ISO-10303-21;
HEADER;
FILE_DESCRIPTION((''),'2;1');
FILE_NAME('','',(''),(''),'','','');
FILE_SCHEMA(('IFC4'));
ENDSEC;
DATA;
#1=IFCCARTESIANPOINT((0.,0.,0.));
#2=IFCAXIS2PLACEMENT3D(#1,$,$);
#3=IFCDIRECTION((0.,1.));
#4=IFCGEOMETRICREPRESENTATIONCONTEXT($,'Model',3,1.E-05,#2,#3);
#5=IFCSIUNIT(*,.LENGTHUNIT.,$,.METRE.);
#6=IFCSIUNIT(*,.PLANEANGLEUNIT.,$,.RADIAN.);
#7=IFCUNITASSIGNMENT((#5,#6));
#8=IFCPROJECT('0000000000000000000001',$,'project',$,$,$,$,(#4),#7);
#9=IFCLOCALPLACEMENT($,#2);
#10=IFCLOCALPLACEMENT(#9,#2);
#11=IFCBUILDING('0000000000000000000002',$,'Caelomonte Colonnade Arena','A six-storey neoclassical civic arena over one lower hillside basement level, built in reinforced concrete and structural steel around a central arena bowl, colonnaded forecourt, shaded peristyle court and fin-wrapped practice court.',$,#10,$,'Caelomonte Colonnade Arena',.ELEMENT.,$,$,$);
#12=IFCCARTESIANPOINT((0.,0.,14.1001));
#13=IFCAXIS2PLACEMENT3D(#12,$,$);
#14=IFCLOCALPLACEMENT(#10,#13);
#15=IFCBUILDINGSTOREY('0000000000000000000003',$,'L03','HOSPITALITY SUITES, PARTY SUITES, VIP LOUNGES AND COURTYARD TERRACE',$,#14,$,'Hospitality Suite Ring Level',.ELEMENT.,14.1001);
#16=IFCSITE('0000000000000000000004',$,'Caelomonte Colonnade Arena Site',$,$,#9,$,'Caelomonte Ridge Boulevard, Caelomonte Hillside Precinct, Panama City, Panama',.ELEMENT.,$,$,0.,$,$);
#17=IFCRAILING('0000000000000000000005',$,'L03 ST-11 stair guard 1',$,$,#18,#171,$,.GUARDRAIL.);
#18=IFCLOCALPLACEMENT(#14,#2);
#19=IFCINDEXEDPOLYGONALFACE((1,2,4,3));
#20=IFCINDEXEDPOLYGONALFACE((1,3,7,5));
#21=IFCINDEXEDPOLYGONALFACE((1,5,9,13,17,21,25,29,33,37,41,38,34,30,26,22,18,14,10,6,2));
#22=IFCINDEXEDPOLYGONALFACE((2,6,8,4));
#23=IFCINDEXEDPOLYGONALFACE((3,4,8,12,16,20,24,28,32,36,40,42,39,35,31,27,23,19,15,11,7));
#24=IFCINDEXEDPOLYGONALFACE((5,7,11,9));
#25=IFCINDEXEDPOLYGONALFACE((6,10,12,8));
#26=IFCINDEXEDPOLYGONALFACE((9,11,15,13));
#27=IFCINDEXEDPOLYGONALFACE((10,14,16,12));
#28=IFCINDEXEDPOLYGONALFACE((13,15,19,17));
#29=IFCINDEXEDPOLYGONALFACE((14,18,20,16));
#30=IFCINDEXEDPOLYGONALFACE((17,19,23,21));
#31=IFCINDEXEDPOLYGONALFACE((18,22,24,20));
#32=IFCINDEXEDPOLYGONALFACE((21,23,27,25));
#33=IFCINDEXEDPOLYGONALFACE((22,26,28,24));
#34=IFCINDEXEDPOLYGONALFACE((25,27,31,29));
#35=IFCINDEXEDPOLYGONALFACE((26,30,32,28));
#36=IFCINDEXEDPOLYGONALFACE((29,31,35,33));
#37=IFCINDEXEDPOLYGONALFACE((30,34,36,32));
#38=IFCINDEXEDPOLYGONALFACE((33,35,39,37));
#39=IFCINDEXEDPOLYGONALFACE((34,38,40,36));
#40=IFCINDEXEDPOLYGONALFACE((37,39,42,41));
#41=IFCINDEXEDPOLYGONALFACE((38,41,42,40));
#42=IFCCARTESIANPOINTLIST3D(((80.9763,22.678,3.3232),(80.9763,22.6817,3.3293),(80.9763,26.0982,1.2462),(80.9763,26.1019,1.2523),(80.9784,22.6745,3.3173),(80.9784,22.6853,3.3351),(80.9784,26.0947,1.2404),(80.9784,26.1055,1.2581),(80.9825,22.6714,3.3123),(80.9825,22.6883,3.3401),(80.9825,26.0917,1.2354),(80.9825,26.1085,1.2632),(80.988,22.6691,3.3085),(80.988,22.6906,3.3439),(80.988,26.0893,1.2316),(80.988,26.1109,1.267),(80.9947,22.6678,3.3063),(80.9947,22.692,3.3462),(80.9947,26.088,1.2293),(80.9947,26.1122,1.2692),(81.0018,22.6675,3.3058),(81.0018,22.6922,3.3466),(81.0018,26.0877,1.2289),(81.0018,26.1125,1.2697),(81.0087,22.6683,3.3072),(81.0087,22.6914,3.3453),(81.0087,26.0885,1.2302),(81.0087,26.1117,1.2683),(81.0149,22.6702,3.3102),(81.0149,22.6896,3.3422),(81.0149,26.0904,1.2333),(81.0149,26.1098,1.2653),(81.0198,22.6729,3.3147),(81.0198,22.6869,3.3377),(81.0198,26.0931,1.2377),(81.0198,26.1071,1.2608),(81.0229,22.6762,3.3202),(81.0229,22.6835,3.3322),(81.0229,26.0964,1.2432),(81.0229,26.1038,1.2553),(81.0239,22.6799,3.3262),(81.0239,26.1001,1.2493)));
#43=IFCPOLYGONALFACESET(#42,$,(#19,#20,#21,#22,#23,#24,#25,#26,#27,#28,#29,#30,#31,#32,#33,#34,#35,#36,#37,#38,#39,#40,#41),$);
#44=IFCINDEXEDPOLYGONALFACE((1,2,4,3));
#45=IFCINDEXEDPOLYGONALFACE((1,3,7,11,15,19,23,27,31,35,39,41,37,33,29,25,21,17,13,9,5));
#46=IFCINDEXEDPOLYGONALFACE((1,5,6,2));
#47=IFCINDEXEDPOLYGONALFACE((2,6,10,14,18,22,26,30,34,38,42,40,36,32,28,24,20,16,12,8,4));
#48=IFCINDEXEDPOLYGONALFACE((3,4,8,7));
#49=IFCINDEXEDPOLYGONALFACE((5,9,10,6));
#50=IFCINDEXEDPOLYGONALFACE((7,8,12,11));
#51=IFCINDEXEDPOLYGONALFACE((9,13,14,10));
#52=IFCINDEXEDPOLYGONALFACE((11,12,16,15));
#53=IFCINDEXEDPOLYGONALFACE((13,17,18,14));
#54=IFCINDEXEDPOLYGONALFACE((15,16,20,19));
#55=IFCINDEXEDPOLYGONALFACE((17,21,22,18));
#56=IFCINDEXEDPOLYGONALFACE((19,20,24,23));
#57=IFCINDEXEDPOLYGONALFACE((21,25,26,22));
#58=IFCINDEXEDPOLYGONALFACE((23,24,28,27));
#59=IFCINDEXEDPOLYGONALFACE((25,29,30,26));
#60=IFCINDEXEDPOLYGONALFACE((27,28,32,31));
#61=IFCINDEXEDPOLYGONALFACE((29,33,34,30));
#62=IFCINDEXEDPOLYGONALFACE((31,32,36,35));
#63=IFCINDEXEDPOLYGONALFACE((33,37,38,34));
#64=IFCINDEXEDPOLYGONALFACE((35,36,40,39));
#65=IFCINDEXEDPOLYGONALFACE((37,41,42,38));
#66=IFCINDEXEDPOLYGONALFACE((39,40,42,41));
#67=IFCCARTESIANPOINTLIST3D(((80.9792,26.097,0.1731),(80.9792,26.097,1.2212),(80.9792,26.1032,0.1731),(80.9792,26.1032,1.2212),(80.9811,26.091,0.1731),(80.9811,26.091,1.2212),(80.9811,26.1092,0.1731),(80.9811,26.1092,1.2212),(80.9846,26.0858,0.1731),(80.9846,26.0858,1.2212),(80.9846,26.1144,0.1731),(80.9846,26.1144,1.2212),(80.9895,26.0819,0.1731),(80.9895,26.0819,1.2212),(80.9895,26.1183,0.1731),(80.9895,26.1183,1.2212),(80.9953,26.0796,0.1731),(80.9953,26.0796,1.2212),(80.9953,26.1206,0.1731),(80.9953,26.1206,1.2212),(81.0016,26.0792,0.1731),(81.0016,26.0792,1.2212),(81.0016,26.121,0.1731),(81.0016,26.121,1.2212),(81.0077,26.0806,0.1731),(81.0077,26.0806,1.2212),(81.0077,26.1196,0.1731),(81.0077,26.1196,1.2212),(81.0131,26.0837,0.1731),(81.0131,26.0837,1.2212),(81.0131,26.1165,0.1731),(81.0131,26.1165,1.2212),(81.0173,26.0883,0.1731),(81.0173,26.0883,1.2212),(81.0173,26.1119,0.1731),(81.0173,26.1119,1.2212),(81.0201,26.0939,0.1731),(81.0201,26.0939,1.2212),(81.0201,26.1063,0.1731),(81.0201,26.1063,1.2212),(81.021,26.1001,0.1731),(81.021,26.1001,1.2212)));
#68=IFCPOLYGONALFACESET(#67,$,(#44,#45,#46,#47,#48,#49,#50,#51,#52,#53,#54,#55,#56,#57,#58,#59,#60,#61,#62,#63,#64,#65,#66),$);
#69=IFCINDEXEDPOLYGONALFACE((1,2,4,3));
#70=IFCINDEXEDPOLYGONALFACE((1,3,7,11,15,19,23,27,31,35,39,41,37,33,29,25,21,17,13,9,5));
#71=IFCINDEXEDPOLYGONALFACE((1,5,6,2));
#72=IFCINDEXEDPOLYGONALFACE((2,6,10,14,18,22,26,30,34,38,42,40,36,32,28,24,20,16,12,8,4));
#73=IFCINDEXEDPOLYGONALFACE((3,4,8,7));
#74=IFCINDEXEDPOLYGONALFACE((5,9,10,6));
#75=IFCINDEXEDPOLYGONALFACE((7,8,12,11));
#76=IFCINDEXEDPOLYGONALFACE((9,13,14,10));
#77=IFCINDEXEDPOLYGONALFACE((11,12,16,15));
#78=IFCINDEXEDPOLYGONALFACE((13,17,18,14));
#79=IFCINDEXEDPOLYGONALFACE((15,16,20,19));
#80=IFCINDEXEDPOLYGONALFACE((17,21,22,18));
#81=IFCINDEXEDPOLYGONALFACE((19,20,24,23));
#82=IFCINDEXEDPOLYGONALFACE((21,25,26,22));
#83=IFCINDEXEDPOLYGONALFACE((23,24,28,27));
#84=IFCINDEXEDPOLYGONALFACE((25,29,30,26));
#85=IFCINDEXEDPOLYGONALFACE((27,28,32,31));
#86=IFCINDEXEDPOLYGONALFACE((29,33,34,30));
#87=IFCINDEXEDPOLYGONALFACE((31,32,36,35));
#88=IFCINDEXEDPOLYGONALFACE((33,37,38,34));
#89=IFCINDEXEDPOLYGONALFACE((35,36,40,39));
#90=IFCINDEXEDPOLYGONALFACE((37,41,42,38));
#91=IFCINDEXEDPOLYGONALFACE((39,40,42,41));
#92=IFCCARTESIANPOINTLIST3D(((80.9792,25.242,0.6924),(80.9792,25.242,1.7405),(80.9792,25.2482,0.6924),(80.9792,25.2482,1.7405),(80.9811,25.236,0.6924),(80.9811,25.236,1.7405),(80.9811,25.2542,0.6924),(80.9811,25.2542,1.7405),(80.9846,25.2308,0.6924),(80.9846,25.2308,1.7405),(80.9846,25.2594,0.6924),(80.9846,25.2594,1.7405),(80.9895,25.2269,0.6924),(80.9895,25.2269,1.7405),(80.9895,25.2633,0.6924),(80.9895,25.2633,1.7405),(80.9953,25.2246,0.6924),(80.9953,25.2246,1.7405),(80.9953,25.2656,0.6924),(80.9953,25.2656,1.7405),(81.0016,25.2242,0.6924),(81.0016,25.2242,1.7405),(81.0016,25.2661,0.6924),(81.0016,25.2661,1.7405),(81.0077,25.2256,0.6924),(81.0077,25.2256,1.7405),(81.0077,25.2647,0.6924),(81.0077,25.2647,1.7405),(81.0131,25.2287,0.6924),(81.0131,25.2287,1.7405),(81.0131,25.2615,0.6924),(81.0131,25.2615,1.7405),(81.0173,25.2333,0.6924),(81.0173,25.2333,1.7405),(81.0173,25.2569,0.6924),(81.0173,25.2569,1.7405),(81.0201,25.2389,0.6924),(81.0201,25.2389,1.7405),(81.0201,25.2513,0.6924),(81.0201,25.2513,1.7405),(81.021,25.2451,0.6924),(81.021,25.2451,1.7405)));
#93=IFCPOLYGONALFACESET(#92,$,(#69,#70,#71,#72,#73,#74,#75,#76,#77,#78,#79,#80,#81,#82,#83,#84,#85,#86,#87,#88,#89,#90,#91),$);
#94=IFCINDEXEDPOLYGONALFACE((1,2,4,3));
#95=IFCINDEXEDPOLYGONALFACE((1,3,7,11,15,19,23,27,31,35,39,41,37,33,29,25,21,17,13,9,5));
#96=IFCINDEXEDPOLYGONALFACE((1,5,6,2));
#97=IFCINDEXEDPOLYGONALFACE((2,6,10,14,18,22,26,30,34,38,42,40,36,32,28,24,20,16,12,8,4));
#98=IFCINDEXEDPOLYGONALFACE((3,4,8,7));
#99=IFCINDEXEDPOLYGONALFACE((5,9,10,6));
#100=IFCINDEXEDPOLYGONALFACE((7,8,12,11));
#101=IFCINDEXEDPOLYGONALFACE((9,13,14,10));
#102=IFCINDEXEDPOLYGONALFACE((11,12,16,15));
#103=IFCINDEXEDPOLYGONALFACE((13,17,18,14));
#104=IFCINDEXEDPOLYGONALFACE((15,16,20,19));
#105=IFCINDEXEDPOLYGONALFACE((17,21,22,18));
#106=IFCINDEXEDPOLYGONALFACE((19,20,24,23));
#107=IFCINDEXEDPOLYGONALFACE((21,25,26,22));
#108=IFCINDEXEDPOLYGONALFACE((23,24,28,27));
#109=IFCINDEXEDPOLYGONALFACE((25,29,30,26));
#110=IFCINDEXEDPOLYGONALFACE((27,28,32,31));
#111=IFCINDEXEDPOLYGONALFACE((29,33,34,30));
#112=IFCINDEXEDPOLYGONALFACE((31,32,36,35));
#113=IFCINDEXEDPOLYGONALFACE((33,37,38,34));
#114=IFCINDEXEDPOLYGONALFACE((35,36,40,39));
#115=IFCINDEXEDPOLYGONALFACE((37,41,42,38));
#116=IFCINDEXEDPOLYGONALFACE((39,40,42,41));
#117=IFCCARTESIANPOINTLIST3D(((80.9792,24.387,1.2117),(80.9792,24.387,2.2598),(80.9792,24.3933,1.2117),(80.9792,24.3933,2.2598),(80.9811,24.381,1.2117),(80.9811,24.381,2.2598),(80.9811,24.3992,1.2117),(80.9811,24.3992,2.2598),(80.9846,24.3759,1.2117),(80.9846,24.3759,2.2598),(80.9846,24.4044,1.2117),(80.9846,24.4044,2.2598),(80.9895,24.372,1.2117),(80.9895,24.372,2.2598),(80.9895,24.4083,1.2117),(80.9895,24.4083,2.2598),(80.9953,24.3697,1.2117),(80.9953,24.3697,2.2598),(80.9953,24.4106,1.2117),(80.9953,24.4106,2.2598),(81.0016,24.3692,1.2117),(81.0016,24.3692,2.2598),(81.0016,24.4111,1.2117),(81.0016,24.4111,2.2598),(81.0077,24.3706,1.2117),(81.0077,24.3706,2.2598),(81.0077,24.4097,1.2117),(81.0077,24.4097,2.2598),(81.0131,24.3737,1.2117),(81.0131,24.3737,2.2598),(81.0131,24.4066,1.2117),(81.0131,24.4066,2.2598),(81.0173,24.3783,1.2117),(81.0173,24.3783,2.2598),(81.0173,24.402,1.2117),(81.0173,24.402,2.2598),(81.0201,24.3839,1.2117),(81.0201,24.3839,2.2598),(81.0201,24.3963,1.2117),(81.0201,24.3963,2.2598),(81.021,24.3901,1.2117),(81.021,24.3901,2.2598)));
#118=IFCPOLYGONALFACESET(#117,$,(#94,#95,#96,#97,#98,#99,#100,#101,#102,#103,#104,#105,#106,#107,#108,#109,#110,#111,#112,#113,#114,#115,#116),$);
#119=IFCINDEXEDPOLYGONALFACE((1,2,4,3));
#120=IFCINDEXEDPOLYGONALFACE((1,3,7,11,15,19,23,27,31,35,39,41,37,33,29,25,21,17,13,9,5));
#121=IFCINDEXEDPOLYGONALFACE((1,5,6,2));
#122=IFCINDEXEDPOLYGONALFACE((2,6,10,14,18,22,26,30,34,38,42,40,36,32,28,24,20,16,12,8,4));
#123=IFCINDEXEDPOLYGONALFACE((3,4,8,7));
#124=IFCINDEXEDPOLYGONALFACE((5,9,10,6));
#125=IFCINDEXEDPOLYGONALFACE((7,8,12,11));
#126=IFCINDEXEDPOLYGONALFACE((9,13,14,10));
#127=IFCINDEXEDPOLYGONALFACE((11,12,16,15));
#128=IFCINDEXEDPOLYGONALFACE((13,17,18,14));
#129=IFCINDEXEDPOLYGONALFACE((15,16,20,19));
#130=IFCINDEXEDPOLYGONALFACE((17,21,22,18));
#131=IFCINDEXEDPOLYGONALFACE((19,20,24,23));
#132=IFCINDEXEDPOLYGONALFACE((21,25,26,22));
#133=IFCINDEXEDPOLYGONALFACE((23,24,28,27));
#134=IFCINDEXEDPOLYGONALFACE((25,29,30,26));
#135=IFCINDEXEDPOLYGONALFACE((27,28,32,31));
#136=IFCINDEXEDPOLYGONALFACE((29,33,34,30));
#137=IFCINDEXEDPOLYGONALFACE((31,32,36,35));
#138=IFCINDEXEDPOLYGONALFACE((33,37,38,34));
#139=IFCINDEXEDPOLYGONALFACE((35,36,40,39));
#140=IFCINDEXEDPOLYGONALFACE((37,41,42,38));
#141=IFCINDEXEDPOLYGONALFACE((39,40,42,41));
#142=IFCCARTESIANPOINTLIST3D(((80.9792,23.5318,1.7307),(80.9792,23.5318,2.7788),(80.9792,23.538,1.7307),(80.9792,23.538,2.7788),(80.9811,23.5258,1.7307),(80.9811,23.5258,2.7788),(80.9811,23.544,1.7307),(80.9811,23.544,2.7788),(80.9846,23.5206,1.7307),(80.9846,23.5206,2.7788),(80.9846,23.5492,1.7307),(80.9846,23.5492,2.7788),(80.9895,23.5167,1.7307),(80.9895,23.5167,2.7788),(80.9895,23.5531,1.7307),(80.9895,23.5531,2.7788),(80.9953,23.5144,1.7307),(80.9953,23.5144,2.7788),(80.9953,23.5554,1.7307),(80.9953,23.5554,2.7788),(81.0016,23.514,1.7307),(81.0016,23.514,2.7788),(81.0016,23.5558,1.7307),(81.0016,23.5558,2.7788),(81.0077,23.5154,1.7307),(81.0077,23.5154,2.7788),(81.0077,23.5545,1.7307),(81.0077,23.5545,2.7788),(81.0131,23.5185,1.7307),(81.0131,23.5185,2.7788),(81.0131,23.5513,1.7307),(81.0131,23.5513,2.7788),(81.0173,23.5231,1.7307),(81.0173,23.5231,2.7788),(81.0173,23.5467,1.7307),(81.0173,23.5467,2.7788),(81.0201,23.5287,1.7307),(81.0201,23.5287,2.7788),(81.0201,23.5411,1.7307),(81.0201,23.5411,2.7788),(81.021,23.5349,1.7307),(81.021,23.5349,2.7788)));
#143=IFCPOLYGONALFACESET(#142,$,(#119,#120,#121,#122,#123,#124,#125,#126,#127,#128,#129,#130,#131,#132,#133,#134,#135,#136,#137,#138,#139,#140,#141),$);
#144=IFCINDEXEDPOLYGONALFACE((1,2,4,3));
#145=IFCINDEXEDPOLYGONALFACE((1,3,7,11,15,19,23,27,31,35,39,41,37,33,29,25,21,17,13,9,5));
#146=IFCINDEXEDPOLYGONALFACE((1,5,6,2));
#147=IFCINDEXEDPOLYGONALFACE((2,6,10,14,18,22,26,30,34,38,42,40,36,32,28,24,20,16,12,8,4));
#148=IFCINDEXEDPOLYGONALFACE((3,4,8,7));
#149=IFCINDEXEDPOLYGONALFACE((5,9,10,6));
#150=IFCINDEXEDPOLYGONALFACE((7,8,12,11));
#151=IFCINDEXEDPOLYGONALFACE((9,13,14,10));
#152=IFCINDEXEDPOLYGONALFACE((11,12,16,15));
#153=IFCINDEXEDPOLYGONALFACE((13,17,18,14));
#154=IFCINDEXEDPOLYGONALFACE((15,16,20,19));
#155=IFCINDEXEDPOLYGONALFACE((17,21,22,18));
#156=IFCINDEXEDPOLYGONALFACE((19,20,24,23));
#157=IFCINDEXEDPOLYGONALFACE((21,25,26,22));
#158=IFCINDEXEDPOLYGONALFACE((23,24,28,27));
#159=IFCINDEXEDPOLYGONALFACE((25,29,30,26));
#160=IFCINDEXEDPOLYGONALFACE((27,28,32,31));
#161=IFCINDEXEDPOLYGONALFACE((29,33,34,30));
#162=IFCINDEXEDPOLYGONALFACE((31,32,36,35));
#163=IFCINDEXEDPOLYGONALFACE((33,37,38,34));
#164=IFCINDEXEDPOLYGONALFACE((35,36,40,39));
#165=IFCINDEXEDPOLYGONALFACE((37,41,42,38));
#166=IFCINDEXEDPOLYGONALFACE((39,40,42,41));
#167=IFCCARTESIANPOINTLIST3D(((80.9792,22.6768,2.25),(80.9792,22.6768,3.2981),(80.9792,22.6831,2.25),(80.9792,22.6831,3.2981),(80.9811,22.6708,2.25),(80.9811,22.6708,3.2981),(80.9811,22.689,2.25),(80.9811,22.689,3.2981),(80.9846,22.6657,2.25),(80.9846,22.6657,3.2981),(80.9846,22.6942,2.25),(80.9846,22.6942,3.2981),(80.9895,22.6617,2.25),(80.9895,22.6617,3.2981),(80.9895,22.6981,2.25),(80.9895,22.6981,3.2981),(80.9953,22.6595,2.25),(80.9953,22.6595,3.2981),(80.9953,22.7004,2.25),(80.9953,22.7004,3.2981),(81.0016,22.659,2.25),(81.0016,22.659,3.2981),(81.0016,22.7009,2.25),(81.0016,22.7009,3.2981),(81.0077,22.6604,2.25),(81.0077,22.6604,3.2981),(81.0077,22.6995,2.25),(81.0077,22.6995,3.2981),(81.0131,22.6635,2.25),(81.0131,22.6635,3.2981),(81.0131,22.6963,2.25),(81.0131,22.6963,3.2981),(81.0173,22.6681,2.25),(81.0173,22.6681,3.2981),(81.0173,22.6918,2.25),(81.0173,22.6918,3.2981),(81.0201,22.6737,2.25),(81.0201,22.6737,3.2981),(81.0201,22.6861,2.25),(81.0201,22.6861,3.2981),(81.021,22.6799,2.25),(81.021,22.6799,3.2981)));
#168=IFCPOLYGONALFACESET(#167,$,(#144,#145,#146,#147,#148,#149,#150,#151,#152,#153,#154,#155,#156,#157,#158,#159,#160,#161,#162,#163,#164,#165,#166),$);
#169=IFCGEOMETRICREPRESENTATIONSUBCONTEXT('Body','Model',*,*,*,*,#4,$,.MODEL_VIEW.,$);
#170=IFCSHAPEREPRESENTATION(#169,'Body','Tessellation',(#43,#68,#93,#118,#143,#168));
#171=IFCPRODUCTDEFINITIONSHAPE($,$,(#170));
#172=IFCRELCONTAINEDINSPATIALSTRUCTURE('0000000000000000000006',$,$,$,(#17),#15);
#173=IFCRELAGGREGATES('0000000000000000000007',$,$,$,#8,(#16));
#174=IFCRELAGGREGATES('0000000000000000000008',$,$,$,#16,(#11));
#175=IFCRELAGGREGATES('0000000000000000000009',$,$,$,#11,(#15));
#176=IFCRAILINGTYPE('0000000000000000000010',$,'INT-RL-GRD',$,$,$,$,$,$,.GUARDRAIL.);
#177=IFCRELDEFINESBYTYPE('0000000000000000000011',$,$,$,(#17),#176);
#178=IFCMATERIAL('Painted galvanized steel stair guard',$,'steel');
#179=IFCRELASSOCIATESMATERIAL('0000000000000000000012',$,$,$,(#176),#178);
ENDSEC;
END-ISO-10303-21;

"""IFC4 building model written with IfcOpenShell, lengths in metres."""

from ifc_helpers import new_model, si_unit, direction, frame, origin, origin_2d, place, context, subcontext, project, spatial, circle, extrude, material, type_object, element, save


model = new_model("IFC4")

# Units and contexts
model_context = context("Model", 3, precision=1e-05, world=origin(), true_north=direction((0.0, 1.0)))
body_context = subcontext(model_context, "Body", "Model", "MODEL_VIEW")
ifc_project = project(units=[si_unit("LENGTHUNIT", "METRE"), si_unit("PLANEANGLEUNIT", "RADIAN")], contexts=[model_context])

# Site, building, storey
site_placement = place(None, origin())
site = spatial("IfcSite", under=ifc_project, at=site_placement, Name="Caelomonte Colonnade Arena Site", LongName="Caelomonte Ridge Boulevard, Caelomonte Hillside Precinct, Panama City, Panama", CompositionType="ELEMENT", RefElevation=0.0)
building_placement = place(site_placement, origin())
building = spatial("IfcBuilding", under=site, at=building_placement, Name="Caelomonte Colonnade Arena", Description="A six-storey neoclassical civic arena over one lower hillside basement level, built in reinforced concrete and structural steel around a central arena bowl, colonnaded forecourt, shaded peristyle court and fin-wrapped practice court.", LongName="Caelomonte Colonnade Arena", CompositionType="ELEMENT")
storey_placement = place(building_placement, frame((0.0, 0.0, 14.1001)))
storey = spatial("IfcBuildingStorey", under=building, at=storey_placement, Name="L03", Description="HOSPITALITY SUITES, PARTY SUITES, VIP LOUNGES AND COURTYARD TERRACE", LongName="Hospitality Suite Ring Level", CompositionType="ELEMENT", Elevation=14.1001)

# Railing
ifc_material_1 = material(Name="Painted galvanized steel stair guard", Category="steel")
railing_type_1 = type_object("IfcRailingType", Name="INT-RL-GRD", PredefinedType="GUARDRAIL", material=ifc_material_1)
railing_1_placement = place(storey_placement, frame((81.0, 26.1001, 0.1731)))
element("IfcRailing", 1, at=railing_1_placement, inside=storey, type_object=railing_type_1, Name="L03 ST-11 stair guard 1", PredefinedType="GUARDRAIL", context=body_context, shape_type="SweptSolid", body=[
    extrude(circle(Radius=0.0239, at=origin_2d()), frame((0.0, 0.0, 1.0762), z_axis=(0.0, -0.854746, 0.519047), x_axis=(1.0, 0.0, 0.0)), (0.0, 0.0, 1.0), 4.0015),
    extrude(circle(Radius=0.021, at=origin_2d()), origin(), (0.0, 0.0, 1.0), 1.0481),
    extrude(circle(Radius=0.021, at=origin_2d()), frame((0.0, -0.855, 0.5193)), (0.0, 0.0, 1.0), 1.0481),
    extrude(circle(Radius=0.021, at=origin_2d()), frame((0.0, -1.71, 1.0386)), (0.0, 0.0, 1.0), 1.0481),
    extrude(circle(Radius=0.021, at=origin_2d()), frame((0.0, -2.5652, 1.5576)), (0.0, 0.0, 1.0), 1.0481),
    extrude(circle(Radius=0.021, at=origin_2d()), frame((0.0, -3.4202, 2.0769)), (0.0, 0.0, 1.0), 1.0481),
])

save(model, "model.ifc")
